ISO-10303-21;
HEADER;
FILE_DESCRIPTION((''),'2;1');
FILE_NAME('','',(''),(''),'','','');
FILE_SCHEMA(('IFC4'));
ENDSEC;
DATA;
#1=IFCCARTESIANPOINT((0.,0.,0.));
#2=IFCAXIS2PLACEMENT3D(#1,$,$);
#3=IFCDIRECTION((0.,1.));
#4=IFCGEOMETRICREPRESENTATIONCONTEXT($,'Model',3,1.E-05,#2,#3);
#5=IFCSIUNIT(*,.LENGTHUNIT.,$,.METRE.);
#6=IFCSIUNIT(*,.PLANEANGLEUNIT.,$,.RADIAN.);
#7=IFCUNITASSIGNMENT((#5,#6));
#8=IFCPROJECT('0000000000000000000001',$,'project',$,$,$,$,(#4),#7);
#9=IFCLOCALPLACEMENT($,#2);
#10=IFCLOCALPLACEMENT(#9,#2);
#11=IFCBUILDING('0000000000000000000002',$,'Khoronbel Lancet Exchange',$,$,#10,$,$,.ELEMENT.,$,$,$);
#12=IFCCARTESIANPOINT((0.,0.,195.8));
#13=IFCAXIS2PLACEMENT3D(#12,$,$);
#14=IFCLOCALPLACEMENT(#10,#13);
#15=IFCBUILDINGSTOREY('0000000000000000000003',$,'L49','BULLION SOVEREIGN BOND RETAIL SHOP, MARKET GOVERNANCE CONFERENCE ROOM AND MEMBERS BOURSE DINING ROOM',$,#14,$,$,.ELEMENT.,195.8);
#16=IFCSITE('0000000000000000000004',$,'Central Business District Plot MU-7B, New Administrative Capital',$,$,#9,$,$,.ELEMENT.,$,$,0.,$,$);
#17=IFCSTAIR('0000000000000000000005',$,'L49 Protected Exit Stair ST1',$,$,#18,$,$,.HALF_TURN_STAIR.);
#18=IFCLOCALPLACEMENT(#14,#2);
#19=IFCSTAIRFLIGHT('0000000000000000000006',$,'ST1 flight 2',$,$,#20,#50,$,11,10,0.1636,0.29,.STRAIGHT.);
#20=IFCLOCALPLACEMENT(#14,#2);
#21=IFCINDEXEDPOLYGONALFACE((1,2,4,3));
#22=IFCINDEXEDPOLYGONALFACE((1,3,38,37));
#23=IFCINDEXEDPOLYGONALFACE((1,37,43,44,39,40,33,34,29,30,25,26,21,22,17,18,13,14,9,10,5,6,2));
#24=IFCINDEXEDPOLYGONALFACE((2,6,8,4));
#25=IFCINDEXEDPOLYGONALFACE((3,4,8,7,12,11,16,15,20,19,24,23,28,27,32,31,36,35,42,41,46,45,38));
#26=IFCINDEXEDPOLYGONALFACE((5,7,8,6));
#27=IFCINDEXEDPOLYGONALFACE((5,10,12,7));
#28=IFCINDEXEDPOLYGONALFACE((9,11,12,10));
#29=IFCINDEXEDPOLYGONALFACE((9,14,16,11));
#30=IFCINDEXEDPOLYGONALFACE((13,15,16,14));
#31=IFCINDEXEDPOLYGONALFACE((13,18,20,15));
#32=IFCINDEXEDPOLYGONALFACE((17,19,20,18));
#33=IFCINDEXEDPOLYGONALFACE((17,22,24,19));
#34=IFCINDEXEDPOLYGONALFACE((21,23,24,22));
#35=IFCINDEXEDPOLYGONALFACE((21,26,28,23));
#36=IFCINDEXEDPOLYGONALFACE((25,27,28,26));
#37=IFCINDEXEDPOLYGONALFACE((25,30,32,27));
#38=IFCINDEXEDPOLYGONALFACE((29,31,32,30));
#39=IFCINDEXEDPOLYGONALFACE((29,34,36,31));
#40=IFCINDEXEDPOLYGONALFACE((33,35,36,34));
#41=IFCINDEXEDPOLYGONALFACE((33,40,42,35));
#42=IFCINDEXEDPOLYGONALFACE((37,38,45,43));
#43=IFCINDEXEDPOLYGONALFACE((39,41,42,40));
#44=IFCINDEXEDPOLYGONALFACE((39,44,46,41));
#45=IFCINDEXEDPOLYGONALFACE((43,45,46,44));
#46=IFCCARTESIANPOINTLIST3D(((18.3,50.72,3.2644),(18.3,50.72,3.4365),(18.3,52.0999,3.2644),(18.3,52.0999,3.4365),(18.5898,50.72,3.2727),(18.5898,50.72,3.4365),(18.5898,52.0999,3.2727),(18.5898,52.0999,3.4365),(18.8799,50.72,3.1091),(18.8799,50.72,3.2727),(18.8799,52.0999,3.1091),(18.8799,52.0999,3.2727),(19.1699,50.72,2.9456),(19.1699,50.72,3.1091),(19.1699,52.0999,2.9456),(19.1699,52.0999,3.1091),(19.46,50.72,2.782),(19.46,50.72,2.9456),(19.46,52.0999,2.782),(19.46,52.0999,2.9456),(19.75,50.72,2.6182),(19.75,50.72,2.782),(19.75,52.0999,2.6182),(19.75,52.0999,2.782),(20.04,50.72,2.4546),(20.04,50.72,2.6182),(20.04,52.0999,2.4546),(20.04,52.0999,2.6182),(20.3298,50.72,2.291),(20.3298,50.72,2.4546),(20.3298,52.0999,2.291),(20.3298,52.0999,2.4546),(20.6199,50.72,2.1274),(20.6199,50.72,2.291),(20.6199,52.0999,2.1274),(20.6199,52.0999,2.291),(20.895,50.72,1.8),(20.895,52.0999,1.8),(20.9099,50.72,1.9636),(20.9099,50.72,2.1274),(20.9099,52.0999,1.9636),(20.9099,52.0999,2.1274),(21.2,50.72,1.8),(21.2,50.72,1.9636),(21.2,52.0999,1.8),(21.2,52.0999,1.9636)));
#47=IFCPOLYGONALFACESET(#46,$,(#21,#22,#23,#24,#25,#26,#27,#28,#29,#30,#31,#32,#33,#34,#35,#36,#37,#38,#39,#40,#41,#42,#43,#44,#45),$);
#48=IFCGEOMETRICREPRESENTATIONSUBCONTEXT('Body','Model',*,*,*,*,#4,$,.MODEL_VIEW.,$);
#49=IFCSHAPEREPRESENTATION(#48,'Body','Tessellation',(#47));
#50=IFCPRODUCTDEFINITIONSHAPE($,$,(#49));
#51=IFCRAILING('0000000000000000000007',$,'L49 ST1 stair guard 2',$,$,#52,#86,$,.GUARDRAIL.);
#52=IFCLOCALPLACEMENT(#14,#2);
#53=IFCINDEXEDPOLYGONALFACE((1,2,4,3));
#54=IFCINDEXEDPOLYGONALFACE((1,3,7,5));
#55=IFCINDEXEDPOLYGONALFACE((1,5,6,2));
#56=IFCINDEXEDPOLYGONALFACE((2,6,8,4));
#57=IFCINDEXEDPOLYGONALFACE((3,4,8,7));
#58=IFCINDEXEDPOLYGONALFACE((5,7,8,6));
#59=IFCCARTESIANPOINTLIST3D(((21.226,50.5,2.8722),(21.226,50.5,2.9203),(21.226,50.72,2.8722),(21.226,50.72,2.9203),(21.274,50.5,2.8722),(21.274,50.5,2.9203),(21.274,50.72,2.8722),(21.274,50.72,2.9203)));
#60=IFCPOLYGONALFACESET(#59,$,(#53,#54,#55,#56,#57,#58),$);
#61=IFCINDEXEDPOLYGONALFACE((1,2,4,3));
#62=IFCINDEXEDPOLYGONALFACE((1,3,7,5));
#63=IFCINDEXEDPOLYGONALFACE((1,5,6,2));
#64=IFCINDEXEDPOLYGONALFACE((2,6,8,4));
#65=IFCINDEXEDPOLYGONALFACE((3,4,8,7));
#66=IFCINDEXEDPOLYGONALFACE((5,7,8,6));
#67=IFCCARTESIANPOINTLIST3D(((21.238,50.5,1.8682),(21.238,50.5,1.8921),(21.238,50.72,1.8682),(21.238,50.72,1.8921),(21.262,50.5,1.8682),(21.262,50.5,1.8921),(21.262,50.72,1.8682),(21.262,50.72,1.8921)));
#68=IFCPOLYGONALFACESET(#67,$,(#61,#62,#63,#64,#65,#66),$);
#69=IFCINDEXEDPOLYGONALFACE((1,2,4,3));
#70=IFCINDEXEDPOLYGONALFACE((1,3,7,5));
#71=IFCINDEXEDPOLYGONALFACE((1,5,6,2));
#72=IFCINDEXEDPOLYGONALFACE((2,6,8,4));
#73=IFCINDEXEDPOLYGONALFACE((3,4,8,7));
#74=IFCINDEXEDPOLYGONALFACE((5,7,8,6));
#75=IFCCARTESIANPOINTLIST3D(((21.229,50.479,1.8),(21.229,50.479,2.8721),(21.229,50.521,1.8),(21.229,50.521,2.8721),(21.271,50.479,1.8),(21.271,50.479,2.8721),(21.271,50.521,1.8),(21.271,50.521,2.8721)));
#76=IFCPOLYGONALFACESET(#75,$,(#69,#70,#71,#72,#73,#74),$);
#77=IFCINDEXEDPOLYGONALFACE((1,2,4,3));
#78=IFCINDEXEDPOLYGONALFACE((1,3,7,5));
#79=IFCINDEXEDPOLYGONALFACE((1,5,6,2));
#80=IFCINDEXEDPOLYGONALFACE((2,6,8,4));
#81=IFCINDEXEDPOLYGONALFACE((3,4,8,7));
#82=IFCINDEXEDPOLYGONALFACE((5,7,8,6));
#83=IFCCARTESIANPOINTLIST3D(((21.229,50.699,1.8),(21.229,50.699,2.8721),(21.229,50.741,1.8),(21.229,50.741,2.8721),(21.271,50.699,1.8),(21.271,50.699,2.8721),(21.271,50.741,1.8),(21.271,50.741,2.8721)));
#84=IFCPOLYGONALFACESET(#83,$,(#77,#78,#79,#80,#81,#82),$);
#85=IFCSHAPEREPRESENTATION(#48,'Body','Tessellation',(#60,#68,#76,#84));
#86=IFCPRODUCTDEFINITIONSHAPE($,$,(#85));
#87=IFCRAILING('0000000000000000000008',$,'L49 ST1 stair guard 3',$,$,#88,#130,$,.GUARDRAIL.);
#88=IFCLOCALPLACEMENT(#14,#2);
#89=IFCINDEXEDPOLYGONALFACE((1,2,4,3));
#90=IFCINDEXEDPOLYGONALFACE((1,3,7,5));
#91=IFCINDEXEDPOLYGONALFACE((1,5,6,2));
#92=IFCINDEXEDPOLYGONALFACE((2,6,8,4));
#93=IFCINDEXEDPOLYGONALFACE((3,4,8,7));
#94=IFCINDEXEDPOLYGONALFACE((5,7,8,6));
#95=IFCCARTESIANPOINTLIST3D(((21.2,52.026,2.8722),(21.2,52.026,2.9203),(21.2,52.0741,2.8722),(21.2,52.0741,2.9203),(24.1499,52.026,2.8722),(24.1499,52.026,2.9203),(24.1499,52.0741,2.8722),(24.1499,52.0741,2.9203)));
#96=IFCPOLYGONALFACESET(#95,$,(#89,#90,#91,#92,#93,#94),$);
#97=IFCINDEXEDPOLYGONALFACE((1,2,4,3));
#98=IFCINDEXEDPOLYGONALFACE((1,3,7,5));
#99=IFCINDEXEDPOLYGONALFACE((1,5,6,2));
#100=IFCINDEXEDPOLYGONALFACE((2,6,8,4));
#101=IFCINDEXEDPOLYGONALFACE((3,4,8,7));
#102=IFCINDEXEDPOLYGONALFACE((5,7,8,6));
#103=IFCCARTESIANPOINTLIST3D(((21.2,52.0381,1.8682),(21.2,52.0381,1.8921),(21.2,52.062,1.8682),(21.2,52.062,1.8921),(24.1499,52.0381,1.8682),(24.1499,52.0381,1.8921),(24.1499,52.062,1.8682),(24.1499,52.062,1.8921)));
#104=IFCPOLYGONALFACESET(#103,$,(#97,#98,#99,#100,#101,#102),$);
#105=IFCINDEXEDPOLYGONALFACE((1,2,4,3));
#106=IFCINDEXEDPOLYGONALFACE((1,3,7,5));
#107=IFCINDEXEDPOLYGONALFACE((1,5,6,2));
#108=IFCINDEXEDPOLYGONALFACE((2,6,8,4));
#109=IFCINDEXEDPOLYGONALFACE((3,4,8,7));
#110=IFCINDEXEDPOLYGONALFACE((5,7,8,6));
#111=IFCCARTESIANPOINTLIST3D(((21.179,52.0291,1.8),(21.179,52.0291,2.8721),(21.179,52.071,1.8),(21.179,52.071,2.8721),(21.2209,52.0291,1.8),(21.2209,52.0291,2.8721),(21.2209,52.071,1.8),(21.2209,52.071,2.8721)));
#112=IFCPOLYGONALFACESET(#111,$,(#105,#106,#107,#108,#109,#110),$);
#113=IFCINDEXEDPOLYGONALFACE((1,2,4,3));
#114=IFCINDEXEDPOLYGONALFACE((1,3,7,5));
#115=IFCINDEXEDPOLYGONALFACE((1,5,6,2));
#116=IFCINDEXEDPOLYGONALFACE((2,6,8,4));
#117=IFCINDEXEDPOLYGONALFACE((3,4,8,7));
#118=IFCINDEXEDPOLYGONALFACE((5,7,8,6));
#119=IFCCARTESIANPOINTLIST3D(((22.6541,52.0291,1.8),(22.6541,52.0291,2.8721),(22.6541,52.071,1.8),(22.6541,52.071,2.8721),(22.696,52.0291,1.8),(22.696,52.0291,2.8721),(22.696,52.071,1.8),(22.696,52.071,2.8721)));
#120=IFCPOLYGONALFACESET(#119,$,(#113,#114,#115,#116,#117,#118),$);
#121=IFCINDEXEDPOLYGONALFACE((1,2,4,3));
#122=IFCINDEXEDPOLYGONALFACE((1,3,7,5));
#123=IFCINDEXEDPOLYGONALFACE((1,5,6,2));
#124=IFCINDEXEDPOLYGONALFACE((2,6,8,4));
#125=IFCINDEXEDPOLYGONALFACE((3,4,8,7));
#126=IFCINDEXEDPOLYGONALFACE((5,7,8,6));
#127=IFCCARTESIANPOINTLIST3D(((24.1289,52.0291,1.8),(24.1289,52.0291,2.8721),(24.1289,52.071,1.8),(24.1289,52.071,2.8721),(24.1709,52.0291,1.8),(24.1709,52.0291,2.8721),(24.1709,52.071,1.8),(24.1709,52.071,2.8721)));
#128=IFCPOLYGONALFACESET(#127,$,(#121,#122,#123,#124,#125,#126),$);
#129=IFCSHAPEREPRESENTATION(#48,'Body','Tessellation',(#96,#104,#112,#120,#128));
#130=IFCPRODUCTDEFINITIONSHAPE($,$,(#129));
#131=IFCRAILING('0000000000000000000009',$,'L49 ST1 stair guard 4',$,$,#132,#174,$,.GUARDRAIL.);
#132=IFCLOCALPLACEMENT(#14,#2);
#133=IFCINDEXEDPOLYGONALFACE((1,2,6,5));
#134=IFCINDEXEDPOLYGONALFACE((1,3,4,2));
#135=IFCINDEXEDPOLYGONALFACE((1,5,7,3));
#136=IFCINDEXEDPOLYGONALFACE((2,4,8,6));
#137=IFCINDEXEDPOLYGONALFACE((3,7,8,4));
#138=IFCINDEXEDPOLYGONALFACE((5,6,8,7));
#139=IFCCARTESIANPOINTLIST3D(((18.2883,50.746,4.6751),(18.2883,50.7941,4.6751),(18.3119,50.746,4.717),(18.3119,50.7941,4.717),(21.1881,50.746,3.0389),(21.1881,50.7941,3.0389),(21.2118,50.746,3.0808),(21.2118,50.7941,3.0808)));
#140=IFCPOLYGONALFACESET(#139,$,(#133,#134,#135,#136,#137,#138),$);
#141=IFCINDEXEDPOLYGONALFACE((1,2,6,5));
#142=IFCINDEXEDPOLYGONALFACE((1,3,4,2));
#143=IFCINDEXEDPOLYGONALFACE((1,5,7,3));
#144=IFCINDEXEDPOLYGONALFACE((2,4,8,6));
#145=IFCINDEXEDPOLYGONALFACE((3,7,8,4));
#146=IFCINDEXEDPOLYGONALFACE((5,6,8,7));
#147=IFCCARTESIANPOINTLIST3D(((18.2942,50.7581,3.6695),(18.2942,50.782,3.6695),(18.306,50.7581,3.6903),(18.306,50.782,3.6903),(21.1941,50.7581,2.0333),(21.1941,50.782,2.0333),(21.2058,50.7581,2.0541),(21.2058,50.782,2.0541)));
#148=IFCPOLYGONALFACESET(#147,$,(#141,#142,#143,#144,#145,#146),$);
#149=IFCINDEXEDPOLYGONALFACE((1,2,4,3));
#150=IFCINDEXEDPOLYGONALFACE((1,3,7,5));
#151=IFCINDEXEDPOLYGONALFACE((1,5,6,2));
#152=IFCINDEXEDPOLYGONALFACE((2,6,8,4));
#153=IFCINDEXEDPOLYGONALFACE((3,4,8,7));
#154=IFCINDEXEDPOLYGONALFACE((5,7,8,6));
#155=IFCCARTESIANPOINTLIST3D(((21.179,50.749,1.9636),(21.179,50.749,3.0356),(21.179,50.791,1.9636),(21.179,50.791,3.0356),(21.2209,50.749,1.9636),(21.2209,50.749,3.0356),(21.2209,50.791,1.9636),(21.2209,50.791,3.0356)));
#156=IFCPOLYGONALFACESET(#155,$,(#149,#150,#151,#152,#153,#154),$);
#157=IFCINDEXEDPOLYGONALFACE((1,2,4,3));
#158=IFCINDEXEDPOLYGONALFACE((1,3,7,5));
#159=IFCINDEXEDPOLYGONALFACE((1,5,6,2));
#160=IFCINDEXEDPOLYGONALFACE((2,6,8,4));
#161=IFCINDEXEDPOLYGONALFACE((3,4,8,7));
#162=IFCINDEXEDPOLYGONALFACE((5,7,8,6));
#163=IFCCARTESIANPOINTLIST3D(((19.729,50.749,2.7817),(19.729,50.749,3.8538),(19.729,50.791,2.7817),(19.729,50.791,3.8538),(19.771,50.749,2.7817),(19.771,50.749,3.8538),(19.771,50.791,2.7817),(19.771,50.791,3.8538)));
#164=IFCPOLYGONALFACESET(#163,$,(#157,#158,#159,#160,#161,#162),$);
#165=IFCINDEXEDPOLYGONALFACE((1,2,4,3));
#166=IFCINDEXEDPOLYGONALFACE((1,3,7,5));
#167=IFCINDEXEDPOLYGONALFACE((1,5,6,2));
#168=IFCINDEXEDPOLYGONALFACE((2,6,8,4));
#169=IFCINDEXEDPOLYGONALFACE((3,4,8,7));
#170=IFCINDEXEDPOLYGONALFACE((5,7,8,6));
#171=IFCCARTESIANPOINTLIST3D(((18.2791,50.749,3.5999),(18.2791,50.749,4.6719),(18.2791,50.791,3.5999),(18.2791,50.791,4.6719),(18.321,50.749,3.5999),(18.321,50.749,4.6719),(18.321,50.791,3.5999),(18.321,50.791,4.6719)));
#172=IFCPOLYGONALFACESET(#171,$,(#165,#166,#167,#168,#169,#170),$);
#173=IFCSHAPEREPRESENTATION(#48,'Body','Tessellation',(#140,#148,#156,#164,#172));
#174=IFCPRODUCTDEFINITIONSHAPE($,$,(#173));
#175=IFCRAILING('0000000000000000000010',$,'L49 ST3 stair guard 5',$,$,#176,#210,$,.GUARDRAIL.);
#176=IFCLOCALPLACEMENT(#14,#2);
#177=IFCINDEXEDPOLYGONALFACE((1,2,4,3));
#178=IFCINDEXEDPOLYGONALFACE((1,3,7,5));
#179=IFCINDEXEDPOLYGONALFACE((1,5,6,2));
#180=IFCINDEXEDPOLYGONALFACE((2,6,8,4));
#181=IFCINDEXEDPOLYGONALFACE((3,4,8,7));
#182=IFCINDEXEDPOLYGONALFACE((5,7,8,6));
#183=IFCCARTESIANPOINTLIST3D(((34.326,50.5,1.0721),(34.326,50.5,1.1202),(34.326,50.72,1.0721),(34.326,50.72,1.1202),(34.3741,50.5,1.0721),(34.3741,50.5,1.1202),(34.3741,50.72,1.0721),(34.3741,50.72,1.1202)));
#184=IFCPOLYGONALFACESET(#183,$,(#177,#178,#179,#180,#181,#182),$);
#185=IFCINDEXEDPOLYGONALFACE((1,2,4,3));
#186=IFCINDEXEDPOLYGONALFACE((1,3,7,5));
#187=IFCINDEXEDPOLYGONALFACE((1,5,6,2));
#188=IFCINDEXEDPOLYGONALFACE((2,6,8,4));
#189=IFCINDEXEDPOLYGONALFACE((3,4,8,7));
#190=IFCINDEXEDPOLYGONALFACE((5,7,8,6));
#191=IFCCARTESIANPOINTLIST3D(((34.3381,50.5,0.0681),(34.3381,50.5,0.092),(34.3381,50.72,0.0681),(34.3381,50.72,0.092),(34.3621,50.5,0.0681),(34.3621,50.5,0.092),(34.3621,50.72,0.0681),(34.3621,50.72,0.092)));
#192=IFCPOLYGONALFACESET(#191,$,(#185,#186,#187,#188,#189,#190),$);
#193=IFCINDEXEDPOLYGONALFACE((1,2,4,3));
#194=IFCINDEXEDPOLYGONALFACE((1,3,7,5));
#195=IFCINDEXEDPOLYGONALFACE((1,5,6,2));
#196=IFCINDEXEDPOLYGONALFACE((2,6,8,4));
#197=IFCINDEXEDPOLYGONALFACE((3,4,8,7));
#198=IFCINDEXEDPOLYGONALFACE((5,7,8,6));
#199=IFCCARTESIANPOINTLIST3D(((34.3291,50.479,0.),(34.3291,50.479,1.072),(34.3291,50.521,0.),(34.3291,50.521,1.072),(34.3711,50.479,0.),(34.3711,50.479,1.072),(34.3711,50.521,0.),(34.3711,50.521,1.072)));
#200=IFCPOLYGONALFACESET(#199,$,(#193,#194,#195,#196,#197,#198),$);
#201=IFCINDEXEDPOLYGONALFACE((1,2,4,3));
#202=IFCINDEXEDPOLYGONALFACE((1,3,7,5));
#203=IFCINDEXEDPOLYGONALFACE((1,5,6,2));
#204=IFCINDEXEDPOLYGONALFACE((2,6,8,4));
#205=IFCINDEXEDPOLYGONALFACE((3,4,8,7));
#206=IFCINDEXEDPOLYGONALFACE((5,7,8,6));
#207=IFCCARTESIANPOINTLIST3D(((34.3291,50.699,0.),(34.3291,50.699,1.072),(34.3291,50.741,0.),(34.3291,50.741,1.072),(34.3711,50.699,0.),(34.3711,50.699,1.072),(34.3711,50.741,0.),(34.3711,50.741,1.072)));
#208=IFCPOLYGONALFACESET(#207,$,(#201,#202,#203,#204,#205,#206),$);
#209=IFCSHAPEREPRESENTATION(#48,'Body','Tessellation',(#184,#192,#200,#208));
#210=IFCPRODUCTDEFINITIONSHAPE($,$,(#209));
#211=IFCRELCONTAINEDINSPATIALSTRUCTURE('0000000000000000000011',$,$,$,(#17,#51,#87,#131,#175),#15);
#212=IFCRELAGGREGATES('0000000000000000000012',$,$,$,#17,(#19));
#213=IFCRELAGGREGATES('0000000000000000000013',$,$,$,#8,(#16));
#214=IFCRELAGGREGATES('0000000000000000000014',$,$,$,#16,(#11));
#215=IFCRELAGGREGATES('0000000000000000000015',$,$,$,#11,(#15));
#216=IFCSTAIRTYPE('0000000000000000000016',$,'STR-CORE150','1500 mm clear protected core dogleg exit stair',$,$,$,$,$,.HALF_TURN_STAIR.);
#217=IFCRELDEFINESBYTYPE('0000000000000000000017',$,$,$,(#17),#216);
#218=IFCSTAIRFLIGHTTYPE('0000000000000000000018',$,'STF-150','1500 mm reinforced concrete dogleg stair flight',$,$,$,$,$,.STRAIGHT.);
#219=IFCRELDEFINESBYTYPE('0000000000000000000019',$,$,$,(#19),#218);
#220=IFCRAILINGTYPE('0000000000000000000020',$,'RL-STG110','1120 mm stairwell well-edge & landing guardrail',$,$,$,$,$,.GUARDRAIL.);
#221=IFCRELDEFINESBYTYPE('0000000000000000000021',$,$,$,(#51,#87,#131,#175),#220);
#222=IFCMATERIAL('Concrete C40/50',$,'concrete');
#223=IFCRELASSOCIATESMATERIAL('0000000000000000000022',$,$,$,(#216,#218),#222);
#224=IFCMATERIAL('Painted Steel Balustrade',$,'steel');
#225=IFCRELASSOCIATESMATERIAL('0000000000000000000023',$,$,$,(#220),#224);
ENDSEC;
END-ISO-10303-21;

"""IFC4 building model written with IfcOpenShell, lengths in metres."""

from ifc_helpers import new_model, si_unit, direction, frame, origin, origin_2d, place, context, subcontext, project, spatial, polyline, rectangle, outline, extrude, material, type_object, element, aggregate, save


model = new_model("IFC4")

# Units and contexts
model_context = context("Model", 3, precision=1e-05, world=origin(), true_north=direction((0.0, 1.0)))
body_context = subcontext(model_context, "Body", "Model", "MODEL_VIEW")
ifc_project = project(units=[si_unit("LENGTHUNIT", "METRE"), si_unit("PLANEANGLEUNIT", "RADIAN")], contexts=[model_context])

# Site, building, storey
site_placement = place(None, origin())
site = spatial("IfcSite", under=ifc_project, at=site_placement, Name="Central Business District Plot MU-7B, New Administrative Capital", CompositionType="ELEMENT", RefElevation=0.0)
building_placement = place(site_placement, origin())
building = spatial("IfcBuilding", under=site, at=building_placement, Name="Khoronbel Lancet Exchange", CompositionType="ELEMENT")
storey_placement = place(building_placement, frame((0.0, 0.0, 195.8)))
storey = spatial("IfcBuildingStorey", under=building, at=storey_placement, Name="L49", Description="BULLION SOVEREIGN BOND RETAIL SHOP, MARKET GOVERNANCE CONFERENCE ROOM AND MEMBERS BOURSE DINING ROOM", CompositionType="ELEMENT", Elevation=195.8)

# Stair, stair flight
ifc_material_1 = material(Name="Concrete C40/50", Category="concrete")
stair_type = type_object("IfcStairType", Name="STR-CORE150", Description="1500 mm clear protected core dogleg exit stair", PredefinedType="HALF_TURN_STAIR", material=ifc_material_1)
stair_placement = place(storey_placement, origin())
stair = element("IfcStair", 1, at=stair_placement, inside=storey, type_object=stair_type, Name="L49 Protected Exit Stair ST1", PredefinedType="HALF_TURN_STAIR")
stair_flight_type = type_object("IfcStairFlightType", Name="STF-150", Description="1500 mm reinforced concrete dogleg stair flight", PredefinedType="STRAIGHT", material=ifc_material_1)
stair_flight_placement = place(storey_placement, frame((21.2, 51.4099, 1.8), z_axis=(0.0, 0.0, 1.0), x_axis=(-1.0, 0.0, 0.0)))
stair_flight = element("IfcStairFlight", 2, at=stair_flight_placement, type_object=stair_flight_type, Name="ST1 flight 2", NumberOfRisers=11, NumberOfTreads=10, PredefinedType="STRAIGHT", RiserHeight=0.1636, TreadLength=0.29, context=body_context, shape_type="SweptSolid", body=[
    extrude(outline(polyline([(0.0, 0.0), (0.0, 0.1636), (0.29, 0.1636), (0.29, 0.3274), (0.5801, 0.3274), (0.5801, 0.491), (0.8701, 0.491), (0.8701, 0.6545), (1.1599, 0.6545), (1.1599, 0.8181), (1.45, 0.8181), (1.45, 0.9819), (1.74, 0.9819), (1.74, 1.1455), (2.03, 1.1455), (2.03, 1.3091), (2.3201, 1.3091), (2.3201, 1.4727), (2.6101, 1.4727), (2.6101, 1.6365), (2.8999, 1.6365), (2.8999, 1.8), (2.8999, 1.4644), (0.3049, 0.0), (0.0, 0.0)])), frame((0.0, 0.6899, 0.0), z_axis=(0.0, -1.0, 0.0), x_axis=(1.0, 0.0, 0.0)), (0.0, 0.0, 1.0), 1.3799),
])
aggregate(stair, [stair_flight])

# Railings
ifc_material_2 = material(Name="Painted Steel Balustrade", Category="steel")
railing_type_1 = type_object("IfcRailingType", Name="RL-STG110", Description="1120 mm stairwell well-edge & landing guardrail", PredefinedType="GUARDRAIL", material=ifc_material_2)
railing_1_placement = place(storey_placement, frame((21.25, 50.5, 1.8)))
element("IfcRailing", 3, at=railing_1_placement, inside=storey, type_object=railing_type_1, Name="L49 ST1 stair guard 2", PredefinedType="GUARDRAIL", context=body_context, shape_type="SweptSolid", body=[
    extrude(rectangle(XDim=0.0481, YDim=0.0481, at=origin_2d()), frame((0.0, 0.0, 1.0962), z_axis=(0.0, 1.0, 0.0), x_axis=(-1.0, 0.0, 0.0)), (0.0, 0.0, 1.0), 0.22),
    extrude(rectangle(XDim=0.0239, YDim=0.0239, at=origin_2d()), frame((0.0, 0.0, 0.0801), z_axis=(0.0, 1.0, 0.0), x_axis=(-1.0, 0.0, 0.0)), (0.0, 0.0, 1.0), 0.22),
    extrude(rectangle(XDim=0.042, YDim=0.042, at=origin_2d()), origin(), (0.0, 0.0, 1.0), 1.072),
    extrude(rectangle(XDim=0.042, YDim=0.042, at=origin_2d()), frame((0.0, 0.22, 0.0)), (0.0, 0.0, 1.0), 1.072),
])
railing_2_placement = place(storey_placement, frame((21.2, 52.05, 1.8)))
element("IfcRailing", 4, at=railing_2_placement, inside=storey, type_object=railing_type_1, Name="L49 ST1 stair guard 3", PredefinedType="GUARDRAIL", context=body_context, shape_type="SweptSolid", body=[
    extrude(rectangle(XDim=0.0481, YDim=0.0481, at=origin_2d()), frame((0.0, 0.0, 1.0962), z_axis=(1.0, 0.0, 0.0), x_axis=(0.0, 1.0, 0.0)), (0.0, 0.0, 1.0), 2.95),
    extrude(rectangle(XDim=0.0239, YDim=0.0239, at=origin_2d()), frame((0.0, 0.0, 0.0801), z_axis=(1.0, 0.0, 0.0), x_axis=(0.0, 1.0, 0.0)), (0.0, 0.0, 1.0), 2.95),
    extrude(rectangle(XDim=0.042, YDim=0.042, at=origin_2d()), origin(), (0.0, 0.0, 1.0), 1.072),
    extrude(rectangle(XDim=0.042, YDim=0.042, at=origin_2d()), frame((1.4751, 0.0, 0.0)), (0.0, 0.0, 1.0), 1.072),
    extrude(rectangle(XDim=0.042, YDim=0.042, at=origin_2d()), frame((2.95, 0.0, 0.0)), (0.0, 0.0, 1.0), 1.072),
])
railing_3_placement = place(storey_placement, frame((21.2, 50.77, 1.9636)))
element("IfcRailing", 5, at=railing_3_placement, inside=storey, type_object=railing_type_1, Name="L49 ST1 stair guard 4", PredefinedType="GUARDRAIL", context=body_context, shape_type="SweptSolid", body=[
    extrude(rectangle(XDim=0.0481, YDim=0.0481, at=origin_2d()), frame((0.0, 0.0, 1.0962), z_axis=(-0.870929, 0.0, 0.49141), x_axis=(0.0, -1.0, 0.0)), (0.0, 0.0, 1.0), 3.3296),
    extrude(rectangle(XDim=0.0239, YDim=0.0239, at=origin_2d()), frame((0.0, 0.0, 0.0801), z_axis=(-0.870929, 0.0, 0.49141), x_axis=(0.0, -1.0, 0.0)), (0.0, 0.0, 1.0), 3.3296),
    extrude(rectangle(XDim=0.042, YDim=0.042, at=origin_2d()), origin(), (0.0, 0.0, 1.0), 1.072),
    extrude(rectangle(XDim=0.042, YDim=0.042, at=origin_2d()), frame((-1.45, 0.0, 0.8181)), (0.0, 0.0, 1.0), 1.072),
    extrude(rectangle(XDim=0.042, YDim=0.042, at=origin_2d()), frame((-2.8999, 0.0, 1.6362)), (0.0, 0.0, 1.0), 1.072),
])
railing_4_placement = place(storey_placement, frame((34.3501, 50.5, 0.0)))
element("IfcRailing", 6, at=railing_4_placement, inside=storey, type_object=railing_type_1, Name="L49 ST3 stair guard 5", PredefinedType="GUARDRAIL", context=body_context, shape_type="SweptSolid", body=[
    extrude(rectangle(XDim=0.0481, YDim=0.0481, at=origin_2d()), frame((0.0, 0.0, 1.0962), z_axis=(0.0, 1.0, 0.0), x_axis=(-1.0, 0.0, 0.0)), (0.0, 0.0, 1.0), 0.22),
    extrude(rectangle(XDim=0.0239, YDim=0.0239, at=origin_2d()), frame((0.0, 0.0, 0.0801), z_axis=(0.0, 1.0, 0.0), x_axis=(-1.0, 0.0, 0.0)), (0.0, 0.0, 1.0), 0.22),
    extrude(rectangle(XDim=0.042, YDim=0.042, at=origin_2d()), origin(), (0.0, 0.0, 1.0), 1.072),
    extrude(rectangle(XDim=0.042, YDim=0.042, at=origin_2d()), frame((0.0, 0.22, 0.0)), (0.0, 0.0, 1.0), 1.072),
])

save(model, "model.ifc")
